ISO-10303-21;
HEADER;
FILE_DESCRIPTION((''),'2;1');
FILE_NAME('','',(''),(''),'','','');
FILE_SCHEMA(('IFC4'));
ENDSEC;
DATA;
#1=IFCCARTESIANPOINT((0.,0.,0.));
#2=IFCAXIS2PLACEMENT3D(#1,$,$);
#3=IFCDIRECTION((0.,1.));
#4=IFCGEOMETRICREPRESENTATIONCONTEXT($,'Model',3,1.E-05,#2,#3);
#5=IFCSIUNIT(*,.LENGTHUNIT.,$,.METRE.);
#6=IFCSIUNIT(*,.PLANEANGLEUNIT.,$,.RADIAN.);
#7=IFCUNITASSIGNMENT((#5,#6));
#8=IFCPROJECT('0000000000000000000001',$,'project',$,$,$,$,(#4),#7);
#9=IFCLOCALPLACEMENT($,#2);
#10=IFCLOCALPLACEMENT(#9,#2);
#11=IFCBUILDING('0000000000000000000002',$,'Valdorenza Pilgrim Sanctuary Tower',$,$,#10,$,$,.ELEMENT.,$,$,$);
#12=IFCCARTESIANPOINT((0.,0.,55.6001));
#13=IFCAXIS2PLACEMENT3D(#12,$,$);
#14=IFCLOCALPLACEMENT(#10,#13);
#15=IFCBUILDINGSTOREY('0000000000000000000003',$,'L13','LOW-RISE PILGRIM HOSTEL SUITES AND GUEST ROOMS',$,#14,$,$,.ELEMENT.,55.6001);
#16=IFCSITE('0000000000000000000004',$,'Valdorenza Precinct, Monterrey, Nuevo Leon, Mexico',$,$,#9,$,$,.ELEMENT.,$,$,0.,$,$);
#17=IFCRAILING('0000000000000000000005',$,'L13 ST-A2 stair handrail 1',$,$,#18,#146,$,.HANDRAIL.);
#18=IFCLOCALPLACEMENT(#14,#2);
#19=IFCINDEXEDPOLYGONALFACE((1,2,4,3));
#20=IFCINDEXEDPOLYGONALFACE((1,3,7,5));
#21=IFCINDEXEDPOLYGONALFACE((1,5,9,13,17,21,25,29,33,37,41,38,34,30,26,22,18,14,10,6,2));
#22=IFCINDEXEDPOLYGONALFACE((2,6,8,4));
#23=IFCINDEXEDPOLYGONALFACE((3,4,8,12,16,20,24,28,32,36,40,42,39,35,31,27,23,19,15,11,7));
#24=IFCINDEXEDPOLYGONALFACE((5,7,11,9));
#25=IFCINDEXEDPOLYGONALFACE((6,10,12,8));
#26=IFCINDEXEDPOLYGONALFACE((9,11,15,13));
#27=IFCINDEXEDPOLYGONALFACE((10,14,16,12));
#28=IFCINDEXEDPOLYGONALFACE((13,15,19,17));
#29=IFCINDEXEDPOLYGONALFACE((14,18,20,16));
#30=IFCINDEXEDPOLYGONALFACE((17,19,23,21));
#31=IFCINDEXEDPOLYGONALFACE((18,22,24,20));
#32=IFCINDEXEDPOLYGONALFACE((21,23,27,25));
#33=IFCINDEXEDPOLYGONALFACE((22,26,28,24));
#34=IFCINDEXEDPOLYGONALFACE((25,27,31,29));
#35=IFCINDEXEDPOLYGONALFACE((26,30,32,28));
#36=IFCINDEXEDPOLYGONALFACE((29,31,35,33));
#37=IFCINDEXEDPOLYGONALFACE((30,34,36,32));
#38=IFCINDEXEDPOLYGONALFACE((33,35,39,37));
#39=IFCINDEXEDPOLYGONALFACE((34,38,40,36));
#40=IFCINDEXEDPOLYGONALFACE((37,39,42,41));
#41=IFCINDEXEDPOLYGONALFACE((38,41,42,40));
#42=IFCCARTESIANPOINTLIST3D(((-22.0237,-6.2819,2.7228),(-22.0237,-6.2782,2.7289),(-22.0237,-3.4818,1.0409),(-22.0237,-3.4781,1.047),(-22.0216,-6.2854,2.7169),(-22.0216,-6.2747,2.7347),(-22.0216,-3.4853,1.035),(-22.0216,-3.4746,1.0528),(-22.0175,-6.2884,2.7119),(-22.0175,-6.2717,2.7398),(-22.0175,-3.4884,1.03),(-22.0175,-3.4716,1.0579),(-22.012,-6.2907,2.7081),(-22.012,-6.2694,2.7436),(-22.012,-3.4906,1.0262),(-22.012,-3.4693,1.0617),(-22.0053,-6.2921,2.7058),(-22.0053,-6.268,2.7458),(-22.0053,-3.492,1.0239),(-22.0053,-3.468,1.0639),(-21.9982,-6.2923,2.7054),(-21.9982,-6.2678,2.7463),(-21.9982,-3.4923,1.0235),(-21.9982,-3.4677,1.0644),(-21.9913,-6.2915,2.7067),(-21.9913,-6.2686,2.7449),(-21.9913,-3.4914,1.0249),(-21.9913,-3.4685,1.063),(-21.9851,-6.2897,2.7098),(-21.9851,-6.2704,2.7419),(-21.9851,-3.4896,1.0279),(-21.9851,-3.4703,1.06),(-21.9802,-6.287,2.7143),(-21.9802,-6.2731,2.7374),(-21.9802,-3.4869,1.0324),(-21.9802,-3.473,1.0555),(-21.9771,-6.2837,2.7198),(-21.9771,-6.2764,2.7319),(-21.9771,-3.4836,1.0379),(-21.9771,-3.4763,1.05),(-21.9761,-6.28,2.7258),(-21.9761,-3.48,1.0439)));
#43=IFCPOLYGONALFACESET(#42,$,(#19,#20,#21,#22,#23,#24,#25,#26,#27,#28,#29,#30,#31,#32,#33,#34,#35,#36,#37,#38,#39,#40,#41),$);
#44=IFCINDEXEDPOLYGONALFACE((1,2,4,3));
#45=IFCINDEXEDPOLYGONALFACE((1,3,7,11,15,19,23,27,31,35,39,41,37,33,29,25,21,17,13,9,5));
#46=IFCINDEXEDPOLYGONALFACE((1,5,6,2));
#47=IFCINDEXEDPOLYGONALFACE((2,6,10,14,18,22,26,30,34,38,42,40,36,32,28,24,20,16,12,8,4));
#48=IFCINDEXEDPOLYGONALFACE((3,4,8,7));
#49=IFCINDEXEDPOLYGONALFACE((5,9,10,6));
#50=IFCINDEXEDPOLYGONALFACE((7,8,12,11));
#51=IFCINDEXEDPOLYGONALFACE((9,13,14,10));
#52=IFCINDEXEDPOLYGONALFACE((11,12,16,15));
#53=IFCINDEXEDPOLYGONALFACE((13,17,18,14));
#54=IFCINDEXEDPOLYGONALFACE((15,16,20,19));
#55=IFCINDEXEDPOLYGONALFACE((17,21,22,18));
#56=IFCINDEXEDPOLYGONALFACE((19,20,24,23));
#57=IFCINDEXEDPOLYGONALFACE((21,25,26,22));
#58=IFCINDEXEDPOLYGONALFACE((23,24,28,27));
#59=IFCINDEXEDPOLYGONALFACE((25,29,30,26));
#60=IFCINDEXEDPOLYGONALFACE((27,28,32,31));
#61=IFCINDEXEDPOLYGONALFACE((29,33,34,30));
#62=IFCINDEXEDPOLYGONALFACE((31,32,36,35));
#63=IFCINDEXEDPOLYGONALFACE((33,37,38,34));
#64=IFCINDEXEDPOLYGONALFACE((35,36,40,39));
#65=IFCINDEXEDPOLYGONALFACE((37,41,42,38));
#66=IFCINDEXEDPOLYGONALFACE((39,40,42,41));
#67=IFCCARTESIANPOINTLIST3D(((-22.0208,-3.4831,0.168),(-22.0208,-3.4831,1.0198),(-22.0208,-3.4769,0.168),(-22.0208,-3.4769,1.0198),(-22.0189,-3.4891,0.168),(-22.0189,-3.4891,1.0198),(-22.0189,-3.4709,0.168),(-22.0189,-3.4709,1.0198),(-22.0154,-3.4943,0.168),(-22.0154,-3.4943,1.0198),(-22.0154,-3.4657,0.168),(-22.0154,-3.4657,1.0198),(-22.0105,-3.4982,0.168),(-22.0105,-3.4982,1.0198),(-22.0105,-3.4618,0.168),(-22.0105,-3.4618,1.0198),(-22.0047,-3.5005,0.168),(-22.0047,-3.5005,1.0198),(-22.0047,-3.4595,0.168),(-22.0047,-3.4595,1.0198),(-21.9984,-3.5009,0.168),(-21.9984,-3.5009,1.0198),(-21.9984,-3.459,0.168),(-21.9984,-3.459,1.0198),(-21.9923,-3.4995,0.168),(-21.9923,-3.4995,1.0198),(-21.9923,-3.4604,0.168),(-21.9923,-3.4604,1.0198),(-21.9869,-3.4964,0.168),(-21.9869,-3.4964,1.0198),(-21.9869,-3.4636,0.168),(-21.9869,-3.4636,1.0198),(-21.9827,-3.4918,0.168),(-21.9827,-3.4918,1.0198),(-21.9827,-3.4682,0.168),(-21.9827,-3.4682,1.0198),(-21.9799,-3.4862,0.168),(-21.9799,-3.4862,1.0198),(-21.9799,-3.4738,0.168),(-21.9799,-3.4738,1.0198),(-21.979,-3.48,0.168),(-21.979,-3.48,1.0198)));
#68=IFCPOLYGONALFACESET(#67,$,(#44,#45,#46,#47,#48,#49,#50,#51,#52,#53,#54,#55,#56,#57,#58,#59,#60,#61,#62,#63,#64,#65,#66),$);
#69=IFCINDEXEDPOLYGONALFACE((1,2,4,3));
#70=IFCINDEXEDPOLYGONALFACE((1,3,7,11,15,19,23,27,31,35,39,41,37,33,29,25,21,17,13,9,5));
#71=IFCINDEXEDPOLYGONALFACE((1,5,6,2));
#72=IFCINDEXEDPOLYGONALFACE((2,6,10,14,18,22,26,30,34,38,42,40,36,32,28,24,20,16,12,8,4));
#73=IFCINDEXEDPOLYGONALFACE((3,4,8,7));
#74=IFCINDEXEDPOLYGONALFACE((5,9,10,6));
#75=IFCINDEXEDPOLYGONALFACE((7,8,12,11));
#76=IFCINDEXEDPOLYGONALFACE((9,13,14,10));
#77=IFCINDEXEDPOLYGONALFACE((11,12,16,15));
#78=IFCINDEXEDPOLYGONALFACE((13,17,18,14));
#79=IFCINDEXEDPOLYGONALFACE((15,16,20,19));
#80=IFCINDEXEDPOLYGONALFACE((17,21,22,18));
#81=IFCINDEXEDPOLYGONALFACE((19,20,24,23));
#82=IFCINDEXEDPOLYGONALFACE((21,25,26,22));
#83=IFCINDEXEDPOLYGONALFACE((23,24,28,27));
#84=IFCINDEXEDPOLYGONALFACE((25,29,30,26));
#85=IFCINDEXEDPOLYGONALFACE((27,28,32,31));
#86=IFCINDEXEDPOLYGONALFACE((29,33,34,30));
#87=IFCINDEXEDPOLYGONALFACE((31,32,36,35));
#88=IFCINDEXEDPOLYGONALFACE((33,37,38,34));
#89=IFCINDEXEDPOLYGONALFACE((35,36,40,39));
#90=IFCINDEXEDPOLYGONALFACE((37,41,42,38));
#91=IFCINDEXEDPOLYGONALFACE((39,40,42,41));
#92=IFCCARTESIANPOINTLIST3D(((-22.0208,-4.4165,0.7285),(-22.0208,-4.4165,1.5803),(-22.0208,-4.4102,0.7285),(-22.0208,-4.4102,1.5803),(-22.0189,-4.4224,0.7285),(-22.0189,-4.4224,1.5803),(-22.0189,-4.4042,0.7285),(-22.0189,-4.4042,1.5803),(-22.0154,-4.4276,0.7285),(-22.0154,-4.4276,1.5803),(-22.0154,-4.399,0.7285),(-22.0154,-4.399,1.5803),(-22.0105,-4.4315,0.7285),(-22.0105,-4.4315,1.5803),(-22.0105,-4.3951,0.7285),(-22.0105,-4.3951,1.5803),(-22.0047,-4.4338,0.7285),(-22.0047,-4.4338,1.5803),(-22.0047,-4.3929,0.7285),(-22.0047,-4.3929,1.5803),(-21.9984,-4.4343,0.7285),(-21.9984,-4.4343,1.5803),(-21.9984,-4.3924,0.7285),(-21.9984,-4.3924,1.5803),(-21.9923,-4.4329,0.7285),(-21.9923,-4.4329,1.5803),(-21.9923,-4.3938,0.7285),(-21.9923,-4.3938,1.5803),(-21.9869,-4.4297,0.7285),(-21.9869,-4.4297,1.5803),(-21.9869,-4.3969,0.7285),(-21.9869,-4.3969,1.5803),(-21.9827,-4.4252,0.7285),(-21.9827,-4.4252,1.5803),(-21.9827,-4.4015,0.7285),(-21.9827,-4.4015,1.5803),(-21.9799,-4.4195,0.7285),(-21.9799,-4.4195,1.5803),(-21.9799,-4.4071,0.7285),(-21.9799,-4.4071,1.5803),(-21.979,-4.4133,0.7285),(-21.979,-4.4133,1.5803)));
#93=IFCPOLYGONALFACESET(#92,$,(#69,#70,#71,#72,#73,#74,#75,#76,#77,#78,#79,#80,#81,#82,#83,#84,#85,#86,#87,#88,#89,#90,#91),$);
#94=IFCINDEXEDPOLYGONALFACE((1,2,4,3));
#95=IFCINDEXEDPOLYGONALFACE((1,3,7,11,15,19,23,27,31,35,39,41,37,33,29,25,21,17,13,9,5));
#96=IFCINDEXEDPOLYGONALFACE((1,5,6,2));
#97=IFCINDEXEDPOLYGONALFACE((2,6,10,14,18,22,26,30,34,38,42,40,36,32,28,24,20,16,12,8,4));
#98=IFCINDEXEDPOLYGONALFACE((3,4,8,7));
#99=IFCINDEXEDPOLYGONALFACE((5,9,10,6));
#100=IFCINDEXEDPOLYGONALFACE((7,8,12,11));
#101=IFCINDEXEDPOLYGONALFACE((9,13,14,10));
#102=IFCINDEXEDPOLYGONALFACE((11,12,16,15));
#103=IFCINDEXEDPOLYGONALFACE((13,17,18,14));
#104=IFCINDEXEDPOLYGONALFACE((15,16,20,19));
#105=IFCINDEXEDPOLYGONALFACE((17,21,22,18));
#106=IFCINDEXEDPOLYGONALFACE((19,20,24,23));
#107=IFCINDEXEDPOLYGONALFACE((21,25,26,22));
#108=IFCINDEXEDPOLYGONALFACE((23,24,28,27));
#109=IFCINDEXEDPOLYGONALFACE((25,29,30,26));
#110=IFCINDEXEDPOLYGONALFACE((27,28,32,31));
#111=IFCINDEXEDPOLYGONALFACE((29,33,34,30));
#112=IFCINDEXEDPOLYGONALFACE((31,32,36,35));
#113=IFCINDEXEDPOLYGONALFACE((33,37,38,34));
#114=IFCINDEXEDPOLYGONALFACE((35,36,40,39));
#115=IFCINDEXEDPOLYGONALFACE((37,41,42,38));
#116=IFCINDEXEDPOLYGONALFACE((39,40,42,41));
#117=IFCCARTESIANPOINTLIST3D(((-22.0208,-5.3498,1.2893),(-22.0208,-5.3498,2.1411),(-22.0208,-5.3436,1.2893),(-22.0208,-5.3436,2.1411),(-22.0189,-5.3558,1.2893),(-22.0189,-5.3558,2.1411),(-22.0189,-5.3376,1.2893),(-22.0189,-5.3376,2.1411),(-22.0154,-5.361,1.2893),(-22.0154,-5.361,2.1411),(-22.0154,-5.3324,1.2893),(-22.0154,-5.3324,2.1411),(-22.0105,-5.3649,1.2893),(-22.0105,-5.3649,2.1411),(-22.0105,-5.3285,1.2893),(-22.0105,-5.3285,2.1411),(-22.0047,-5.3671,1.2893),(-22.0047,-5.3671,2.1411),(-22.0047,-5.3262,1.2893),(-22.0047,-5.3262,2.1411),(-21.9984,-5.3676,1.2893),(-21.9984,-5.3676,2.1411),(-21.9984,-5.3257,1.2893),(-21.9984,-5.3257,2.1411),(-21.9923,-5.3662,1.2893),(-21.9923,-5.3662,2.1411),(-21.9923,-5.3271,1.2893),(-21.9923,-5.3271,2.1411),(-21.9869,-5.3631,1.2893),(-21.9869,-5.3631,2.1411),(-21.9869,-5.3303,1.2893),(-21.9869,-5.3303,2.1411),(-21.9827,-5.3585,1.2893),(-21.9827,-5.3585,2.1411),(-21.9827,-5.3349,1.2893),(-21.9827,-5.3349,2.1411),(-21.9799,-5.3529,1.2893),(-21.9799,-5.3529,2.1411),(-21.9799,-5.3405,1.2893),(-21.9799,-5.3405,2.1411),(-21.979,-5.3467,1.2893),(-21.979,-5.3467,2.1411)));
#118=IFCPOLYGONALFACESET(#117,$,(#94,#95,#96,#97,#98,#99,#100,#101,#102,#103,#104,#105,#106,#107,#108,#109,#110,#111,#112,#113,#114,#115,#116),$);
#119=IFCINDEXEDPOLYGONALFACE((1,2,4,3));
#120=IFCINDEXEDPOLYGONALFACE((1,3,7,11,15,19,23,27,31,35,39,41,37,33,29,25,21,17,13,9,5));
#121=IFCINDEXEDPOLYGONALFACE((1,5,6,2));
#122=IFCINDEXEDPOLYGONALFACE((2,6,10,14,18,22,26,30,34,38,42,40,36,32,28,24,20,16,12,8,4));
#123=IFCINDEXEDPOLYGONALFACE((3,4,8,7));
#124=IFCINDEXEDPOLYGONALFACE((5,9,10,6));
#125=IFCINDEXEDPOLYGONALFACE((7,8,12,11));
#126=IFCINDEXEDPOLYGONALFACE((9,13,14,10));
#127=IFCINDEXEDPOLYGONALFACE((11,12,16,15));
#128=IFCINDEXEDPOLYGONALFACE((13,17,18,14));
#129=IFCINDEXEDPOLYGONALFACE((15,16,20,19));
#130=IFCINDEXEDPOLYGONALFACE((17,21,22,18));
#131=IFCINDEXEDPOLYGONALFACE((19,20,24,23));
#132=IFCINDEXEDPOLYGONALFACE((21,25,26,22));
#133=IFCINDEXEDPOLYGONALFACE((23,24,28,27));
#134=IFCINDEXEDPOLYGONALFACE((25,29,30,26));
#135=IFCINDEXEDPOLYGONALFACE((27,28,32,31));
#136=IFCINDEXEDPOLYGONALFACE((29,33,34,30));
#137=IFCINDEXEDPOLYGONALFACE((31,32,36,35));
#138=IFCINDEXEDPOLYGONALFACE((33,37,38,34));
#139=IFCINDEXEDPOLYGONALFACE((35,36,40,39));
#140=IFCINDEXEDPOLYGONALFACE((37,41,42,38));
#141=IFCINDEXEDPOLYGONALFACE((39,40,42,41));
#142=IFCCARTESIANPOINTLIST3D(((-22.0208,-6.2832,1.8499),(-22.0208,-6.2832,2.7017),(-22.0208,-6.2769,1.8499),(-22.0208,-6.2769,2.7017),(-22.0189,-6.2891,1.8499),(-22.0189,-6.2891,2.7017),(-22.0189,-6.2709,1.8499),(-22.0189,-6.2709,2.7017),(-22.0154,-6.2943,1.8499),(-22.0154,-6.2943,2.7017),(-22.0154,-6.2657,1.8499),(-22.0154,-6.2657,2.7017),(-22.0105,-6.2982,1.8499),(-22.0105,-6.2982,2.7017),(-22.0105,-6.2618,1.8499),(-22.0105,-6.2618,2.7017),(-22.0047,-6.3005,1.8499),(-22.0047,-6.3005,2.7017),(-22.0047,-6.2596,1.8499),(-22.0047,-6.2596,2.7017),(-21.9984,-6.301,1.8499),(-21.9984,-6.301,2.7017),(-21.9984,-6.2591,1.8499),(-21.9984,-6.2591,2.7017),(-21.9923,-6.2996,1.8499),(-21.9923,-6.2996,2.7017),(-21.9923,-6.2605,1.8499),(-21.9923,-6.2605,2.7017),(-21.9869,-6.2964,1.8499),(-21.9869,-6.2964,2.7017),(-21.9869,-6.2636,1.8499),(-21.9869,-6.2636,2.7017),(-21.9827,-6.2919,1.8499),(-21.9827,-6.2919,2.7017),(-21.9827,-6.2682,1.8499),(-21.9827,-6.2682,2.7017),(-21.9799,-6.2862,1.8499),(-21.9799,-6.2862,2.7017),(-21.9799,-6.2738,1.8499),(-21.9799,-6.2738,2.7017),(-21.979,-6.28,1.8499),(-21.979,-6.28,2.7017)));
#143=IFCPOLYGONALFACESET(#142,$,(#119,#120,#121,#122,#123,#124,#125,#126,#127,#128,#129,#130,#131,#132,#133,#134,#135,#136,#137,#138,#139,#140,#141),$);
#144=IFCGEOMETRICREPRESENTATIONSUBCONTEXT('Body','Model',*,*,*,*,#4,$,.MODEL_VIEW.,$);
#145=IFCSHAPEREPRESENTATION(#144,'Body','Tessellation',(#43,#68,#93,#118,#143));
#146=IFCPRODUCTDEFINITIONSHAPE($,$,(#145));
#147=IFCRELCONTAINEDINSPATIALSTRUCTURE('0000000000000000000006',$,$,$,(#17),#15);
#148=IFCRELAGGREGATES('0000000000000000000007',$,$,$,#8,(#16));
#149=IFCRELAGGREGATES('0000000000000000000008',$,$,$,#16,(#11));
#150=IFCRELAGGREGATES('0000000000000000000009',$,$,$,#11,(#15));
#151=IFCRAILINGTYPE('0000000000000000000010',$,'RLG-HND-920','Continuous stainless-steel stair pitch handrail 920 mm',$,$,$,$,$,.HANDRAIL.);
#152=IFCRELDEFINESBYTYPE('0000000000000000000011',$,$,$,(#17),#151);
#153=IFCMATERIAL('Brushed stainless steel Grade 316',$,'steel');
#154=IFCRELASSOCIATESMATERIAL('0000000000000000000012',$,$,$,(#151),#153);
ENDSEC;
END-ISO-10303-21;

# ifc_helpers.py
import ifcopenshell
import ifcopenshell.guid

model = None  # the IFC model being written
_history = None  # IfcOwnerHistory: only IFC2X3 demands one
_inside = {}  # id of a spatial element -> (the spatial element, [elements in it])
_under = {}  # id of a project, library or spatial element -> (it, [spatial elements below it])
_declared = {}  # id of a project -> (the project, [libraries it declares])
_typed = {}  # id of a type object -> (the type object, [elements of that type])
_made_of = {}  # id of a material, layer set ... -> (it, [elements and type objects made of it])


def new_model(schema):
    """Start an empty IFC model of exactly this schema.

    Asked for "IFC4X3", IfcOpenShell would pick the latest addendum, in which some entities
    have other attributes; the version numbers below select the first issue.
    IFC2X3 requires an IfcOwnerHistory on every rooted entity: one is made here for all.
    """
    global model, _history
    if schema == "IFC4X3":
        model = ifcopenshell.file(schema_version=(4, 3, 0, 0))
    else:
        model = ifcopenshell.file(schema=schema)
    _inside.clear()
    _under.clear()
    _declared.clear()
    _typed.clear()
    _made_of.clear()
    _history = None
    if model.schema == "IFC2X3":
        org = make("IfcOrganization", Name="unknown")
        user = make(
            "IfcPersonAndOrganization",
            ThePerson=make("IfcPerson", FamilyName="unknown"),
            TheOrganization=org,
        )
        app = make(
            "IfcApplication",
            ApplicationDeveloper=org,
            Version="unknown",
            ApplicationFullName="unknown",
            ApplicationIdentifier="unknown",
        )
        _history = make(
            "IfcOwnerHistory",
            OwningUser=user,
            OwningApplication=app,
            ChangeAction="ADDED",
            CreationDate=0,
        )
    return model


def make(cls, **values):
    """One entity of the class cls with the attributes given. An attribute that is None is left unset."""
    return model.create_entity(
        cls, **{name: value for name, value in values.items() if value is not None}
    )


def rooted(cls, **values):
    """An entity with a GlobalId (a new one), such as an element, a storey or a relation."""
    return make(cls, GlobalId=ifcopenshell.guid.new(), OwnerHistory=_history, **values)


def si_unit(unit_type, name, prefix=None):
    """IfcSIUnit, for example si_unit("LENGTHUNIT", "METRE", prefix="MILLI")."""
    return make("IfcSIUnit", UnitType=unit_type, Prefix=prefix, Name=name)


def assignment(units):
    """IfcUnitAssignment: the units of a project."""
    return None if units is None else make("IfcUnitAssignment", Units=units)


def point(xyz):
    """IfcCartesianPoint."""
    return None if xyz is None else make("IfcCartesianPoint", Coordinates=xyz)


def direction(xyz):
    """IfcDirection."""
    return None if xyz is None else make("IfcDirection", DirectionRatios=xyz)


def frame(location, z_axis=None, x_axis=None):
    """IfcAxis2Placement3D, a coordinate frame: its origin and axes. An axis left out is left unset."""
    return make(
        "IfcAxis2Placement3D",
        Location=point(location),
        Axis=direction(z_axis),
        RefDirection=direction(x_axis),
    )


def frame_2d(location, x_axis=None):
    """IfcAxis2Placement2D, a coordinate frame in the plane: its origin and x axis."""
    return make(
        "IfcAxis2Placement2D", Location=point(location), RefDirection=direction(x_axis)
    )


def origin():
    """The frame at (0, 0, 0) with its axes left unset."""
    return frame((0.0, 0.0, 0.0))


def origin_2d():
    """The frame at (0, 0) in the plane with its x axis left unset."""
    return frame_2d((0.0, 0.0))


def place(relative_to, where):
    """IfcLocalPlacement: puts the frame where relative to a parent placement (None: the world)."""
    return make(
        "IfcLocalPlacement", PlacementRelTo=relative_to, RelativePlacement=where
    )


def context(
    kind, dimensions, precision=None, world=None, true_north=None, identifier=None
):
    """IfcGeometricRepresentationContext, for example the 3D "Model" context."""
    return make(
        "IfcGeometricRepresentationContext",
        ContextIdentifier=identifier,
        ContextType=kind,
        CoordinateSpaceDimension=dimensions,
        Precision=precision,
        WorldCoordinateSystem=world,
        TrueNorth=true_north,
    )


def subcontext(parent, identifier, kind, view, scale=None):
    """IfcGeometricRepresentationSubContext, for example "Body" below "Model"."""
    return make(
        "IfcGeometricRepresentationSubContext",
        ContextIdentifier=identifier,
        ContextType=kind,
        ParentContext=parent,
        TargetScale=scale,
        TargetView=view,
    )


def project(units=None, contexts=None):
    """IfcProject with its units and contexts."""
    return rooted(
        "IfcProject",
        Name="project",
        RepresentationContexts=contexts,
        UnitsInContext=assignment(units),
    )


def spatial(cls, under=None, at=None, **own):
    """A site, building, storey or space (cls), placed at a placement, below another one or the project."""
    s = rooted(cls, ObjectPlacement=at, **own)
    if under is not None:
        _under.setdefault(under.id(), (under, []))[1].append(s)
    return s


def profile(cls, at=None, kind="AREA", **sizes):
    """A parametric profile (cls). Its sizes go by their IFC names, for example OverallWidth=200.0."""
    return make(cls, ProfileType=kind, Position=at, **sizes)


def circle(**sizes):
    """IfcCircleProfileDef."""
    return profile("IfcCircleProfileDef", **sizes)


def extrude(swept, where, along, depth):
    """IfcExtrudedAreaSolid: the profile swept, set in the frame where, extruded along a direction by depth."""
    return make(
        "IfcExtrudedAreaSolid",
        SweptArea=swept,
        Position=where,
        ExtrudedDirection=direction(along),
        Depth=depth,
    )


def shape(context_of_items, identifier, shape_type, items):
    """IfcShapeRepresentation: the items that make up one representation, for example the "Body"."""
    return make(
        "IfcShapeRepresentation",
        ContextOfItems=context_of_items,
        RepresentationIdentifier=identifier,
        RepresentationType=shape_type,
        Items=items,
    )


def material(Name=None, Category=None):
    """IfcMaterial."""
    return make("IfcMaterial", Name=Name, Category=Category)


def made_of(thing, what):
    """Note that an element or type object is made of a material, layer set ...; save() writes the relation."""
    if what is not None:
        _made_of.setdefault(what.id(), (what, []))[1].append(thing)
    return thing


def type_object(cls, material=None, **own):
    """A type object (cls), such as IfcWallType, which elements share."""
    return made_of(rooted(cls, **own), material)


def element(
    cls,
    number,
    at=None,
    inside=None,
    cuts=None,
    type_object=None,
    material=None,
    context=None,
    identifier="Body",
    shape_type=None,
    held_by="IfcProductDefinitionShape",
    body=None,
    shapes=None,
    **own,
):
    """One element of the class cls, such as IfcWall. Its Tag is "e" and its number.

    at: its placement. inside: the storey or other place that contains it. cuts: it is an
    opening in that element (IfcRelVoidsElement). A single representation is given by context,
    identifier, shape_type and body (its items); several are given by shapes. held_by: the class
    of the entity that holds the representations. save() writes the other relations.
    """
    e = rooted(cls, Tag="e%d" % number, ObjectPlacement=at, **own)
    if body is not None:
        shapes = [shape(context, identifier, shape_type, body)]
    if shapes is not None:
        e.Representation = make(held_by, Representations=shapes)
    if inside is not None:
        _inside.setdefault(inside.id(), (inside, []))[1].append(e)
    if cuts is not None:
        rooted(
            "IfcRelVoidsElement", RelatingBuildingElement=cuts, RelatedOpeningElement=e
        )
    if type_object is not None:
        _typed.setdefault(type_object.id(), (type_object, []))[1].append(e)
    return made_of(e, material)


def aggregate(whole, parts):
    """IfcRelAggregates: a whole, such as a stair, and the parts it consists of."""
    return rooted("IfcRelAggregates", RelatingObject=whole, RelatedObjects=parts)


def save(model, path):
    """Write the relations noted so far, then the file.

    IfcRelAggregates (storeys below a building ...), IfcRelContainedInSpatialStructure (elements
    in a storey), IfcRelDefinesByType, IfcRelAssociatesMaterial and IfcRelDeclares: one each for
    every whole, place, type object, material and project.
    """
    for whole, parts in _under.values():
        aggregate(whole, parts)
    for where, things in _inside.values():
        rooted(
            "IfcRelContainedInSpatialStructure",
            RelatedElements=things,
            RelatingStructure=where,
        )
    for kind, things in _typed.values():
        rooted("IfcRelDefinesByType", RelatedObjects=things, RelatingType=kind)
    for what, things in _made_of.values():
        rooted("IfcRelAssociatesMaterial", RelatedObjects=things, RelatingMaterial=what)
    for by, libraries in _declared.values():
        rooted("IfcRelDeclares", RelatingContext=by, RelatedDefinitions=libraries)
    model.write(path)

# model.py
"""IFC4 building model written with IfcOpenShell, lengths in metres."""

from ifc_helpers import new_model, si_unit, direction, frame, origin, origin_2d, place, context, subcontext, project, spatial, circle, extrude, material, type_object, element, save


model = new_model("IFC4")

# Units and contexts
model_context = context("Model", 3, precision=1e-05, world=origin(), true_north=direction((0.0, 1.0)))
body_context = subcontext(model_context, "Body", "Model", "MODEL_VIEW")
ifc_project = project(units=[si_unit("LENGTHUNIT", "METRE"), si_unit("PLANEANGLEUNIT", "RADIAN")], contexts=[model_context])

# Site, building, storey
site_placement = place(None, origin())
site = spatial("IfcSite", under=ifc_project, at=site_placement, Name="Valdorenza Precinct, Monterrey, Nuevo Leon, Mexico", CompositionType="ELEMENT", RefElevation=0.0)
building_placement = place(site_placement, origin())
building = spatial("IfcBuilding", under=site, at=building_placement, Name="Valdorenza Pilgrim Sanctuary Tower", CompositionType="ELEMENT")
storey_placement = place(building_placement, frame((0.0, 0.0, 55.6001)))
storey = spatial("IfcBuildingStorey", under=building, at=storey_placement, Name="L13", Description="LOW-RISE PILGRIM HOSTEL SUITES AND GUEST ROOMS", CompositionType="ELEMENT", Elevation=55.6001)

# Railing
ifc_material_1 = material(Name="Brushed stainless steel Grade 316", Category="steel")
railing_type = type_object("IfcRailingType", Name="RLG-HND-920", Description="Continuous stainless-steel stair pitch handrail 920 mm", PredefinedType="HANDRAIL", material=ifc_material_1)
railing_placement = place(storey_placement, frame((-22.0, -3.48, 0.168)))
element("IfcRailing", 1, at=railing_placement, inside=storey, type_object=railing_type, Name="L13 ST-A2 stair handrail 1", PredefinedType="HANDRAIL", context=body_context, shape_type="SweptSolid", body=[
    extrude(circle(Radius=0.0239, at=origin_2d()), frame((0.0, 0.0, 0.876), z_axis=(0.0, -0.857242, 0.514913), x_axis=(1.0, 0.0, 0.0)), (0.0, 0.0, 1.0), 3.2664),
    extrude(circle(Radius=0.021, at=origin_2d()), origin(), (0.0, 0.0, 1.0), 0.8518),
    extrude(circle(Radius=0.021, at=origin_2d()), frame((0.0, -0.9333, 0.5605)), (0.0, 0.0, 1.0), 0.8518),
    extrude(circle(Radius=0.021, at=origin_2d()), frame((0.0, -1.8667, 1.1213)), (0.0, 0.0, 1.0), 0.8518),
    extrude(circle(Radius=0.021, at=origin_2d()), frame((0.0, -2.8, 1.6819)), (0.0, 0.0, 1.0), 0.8518),
])

save(model, "model.ifc")
